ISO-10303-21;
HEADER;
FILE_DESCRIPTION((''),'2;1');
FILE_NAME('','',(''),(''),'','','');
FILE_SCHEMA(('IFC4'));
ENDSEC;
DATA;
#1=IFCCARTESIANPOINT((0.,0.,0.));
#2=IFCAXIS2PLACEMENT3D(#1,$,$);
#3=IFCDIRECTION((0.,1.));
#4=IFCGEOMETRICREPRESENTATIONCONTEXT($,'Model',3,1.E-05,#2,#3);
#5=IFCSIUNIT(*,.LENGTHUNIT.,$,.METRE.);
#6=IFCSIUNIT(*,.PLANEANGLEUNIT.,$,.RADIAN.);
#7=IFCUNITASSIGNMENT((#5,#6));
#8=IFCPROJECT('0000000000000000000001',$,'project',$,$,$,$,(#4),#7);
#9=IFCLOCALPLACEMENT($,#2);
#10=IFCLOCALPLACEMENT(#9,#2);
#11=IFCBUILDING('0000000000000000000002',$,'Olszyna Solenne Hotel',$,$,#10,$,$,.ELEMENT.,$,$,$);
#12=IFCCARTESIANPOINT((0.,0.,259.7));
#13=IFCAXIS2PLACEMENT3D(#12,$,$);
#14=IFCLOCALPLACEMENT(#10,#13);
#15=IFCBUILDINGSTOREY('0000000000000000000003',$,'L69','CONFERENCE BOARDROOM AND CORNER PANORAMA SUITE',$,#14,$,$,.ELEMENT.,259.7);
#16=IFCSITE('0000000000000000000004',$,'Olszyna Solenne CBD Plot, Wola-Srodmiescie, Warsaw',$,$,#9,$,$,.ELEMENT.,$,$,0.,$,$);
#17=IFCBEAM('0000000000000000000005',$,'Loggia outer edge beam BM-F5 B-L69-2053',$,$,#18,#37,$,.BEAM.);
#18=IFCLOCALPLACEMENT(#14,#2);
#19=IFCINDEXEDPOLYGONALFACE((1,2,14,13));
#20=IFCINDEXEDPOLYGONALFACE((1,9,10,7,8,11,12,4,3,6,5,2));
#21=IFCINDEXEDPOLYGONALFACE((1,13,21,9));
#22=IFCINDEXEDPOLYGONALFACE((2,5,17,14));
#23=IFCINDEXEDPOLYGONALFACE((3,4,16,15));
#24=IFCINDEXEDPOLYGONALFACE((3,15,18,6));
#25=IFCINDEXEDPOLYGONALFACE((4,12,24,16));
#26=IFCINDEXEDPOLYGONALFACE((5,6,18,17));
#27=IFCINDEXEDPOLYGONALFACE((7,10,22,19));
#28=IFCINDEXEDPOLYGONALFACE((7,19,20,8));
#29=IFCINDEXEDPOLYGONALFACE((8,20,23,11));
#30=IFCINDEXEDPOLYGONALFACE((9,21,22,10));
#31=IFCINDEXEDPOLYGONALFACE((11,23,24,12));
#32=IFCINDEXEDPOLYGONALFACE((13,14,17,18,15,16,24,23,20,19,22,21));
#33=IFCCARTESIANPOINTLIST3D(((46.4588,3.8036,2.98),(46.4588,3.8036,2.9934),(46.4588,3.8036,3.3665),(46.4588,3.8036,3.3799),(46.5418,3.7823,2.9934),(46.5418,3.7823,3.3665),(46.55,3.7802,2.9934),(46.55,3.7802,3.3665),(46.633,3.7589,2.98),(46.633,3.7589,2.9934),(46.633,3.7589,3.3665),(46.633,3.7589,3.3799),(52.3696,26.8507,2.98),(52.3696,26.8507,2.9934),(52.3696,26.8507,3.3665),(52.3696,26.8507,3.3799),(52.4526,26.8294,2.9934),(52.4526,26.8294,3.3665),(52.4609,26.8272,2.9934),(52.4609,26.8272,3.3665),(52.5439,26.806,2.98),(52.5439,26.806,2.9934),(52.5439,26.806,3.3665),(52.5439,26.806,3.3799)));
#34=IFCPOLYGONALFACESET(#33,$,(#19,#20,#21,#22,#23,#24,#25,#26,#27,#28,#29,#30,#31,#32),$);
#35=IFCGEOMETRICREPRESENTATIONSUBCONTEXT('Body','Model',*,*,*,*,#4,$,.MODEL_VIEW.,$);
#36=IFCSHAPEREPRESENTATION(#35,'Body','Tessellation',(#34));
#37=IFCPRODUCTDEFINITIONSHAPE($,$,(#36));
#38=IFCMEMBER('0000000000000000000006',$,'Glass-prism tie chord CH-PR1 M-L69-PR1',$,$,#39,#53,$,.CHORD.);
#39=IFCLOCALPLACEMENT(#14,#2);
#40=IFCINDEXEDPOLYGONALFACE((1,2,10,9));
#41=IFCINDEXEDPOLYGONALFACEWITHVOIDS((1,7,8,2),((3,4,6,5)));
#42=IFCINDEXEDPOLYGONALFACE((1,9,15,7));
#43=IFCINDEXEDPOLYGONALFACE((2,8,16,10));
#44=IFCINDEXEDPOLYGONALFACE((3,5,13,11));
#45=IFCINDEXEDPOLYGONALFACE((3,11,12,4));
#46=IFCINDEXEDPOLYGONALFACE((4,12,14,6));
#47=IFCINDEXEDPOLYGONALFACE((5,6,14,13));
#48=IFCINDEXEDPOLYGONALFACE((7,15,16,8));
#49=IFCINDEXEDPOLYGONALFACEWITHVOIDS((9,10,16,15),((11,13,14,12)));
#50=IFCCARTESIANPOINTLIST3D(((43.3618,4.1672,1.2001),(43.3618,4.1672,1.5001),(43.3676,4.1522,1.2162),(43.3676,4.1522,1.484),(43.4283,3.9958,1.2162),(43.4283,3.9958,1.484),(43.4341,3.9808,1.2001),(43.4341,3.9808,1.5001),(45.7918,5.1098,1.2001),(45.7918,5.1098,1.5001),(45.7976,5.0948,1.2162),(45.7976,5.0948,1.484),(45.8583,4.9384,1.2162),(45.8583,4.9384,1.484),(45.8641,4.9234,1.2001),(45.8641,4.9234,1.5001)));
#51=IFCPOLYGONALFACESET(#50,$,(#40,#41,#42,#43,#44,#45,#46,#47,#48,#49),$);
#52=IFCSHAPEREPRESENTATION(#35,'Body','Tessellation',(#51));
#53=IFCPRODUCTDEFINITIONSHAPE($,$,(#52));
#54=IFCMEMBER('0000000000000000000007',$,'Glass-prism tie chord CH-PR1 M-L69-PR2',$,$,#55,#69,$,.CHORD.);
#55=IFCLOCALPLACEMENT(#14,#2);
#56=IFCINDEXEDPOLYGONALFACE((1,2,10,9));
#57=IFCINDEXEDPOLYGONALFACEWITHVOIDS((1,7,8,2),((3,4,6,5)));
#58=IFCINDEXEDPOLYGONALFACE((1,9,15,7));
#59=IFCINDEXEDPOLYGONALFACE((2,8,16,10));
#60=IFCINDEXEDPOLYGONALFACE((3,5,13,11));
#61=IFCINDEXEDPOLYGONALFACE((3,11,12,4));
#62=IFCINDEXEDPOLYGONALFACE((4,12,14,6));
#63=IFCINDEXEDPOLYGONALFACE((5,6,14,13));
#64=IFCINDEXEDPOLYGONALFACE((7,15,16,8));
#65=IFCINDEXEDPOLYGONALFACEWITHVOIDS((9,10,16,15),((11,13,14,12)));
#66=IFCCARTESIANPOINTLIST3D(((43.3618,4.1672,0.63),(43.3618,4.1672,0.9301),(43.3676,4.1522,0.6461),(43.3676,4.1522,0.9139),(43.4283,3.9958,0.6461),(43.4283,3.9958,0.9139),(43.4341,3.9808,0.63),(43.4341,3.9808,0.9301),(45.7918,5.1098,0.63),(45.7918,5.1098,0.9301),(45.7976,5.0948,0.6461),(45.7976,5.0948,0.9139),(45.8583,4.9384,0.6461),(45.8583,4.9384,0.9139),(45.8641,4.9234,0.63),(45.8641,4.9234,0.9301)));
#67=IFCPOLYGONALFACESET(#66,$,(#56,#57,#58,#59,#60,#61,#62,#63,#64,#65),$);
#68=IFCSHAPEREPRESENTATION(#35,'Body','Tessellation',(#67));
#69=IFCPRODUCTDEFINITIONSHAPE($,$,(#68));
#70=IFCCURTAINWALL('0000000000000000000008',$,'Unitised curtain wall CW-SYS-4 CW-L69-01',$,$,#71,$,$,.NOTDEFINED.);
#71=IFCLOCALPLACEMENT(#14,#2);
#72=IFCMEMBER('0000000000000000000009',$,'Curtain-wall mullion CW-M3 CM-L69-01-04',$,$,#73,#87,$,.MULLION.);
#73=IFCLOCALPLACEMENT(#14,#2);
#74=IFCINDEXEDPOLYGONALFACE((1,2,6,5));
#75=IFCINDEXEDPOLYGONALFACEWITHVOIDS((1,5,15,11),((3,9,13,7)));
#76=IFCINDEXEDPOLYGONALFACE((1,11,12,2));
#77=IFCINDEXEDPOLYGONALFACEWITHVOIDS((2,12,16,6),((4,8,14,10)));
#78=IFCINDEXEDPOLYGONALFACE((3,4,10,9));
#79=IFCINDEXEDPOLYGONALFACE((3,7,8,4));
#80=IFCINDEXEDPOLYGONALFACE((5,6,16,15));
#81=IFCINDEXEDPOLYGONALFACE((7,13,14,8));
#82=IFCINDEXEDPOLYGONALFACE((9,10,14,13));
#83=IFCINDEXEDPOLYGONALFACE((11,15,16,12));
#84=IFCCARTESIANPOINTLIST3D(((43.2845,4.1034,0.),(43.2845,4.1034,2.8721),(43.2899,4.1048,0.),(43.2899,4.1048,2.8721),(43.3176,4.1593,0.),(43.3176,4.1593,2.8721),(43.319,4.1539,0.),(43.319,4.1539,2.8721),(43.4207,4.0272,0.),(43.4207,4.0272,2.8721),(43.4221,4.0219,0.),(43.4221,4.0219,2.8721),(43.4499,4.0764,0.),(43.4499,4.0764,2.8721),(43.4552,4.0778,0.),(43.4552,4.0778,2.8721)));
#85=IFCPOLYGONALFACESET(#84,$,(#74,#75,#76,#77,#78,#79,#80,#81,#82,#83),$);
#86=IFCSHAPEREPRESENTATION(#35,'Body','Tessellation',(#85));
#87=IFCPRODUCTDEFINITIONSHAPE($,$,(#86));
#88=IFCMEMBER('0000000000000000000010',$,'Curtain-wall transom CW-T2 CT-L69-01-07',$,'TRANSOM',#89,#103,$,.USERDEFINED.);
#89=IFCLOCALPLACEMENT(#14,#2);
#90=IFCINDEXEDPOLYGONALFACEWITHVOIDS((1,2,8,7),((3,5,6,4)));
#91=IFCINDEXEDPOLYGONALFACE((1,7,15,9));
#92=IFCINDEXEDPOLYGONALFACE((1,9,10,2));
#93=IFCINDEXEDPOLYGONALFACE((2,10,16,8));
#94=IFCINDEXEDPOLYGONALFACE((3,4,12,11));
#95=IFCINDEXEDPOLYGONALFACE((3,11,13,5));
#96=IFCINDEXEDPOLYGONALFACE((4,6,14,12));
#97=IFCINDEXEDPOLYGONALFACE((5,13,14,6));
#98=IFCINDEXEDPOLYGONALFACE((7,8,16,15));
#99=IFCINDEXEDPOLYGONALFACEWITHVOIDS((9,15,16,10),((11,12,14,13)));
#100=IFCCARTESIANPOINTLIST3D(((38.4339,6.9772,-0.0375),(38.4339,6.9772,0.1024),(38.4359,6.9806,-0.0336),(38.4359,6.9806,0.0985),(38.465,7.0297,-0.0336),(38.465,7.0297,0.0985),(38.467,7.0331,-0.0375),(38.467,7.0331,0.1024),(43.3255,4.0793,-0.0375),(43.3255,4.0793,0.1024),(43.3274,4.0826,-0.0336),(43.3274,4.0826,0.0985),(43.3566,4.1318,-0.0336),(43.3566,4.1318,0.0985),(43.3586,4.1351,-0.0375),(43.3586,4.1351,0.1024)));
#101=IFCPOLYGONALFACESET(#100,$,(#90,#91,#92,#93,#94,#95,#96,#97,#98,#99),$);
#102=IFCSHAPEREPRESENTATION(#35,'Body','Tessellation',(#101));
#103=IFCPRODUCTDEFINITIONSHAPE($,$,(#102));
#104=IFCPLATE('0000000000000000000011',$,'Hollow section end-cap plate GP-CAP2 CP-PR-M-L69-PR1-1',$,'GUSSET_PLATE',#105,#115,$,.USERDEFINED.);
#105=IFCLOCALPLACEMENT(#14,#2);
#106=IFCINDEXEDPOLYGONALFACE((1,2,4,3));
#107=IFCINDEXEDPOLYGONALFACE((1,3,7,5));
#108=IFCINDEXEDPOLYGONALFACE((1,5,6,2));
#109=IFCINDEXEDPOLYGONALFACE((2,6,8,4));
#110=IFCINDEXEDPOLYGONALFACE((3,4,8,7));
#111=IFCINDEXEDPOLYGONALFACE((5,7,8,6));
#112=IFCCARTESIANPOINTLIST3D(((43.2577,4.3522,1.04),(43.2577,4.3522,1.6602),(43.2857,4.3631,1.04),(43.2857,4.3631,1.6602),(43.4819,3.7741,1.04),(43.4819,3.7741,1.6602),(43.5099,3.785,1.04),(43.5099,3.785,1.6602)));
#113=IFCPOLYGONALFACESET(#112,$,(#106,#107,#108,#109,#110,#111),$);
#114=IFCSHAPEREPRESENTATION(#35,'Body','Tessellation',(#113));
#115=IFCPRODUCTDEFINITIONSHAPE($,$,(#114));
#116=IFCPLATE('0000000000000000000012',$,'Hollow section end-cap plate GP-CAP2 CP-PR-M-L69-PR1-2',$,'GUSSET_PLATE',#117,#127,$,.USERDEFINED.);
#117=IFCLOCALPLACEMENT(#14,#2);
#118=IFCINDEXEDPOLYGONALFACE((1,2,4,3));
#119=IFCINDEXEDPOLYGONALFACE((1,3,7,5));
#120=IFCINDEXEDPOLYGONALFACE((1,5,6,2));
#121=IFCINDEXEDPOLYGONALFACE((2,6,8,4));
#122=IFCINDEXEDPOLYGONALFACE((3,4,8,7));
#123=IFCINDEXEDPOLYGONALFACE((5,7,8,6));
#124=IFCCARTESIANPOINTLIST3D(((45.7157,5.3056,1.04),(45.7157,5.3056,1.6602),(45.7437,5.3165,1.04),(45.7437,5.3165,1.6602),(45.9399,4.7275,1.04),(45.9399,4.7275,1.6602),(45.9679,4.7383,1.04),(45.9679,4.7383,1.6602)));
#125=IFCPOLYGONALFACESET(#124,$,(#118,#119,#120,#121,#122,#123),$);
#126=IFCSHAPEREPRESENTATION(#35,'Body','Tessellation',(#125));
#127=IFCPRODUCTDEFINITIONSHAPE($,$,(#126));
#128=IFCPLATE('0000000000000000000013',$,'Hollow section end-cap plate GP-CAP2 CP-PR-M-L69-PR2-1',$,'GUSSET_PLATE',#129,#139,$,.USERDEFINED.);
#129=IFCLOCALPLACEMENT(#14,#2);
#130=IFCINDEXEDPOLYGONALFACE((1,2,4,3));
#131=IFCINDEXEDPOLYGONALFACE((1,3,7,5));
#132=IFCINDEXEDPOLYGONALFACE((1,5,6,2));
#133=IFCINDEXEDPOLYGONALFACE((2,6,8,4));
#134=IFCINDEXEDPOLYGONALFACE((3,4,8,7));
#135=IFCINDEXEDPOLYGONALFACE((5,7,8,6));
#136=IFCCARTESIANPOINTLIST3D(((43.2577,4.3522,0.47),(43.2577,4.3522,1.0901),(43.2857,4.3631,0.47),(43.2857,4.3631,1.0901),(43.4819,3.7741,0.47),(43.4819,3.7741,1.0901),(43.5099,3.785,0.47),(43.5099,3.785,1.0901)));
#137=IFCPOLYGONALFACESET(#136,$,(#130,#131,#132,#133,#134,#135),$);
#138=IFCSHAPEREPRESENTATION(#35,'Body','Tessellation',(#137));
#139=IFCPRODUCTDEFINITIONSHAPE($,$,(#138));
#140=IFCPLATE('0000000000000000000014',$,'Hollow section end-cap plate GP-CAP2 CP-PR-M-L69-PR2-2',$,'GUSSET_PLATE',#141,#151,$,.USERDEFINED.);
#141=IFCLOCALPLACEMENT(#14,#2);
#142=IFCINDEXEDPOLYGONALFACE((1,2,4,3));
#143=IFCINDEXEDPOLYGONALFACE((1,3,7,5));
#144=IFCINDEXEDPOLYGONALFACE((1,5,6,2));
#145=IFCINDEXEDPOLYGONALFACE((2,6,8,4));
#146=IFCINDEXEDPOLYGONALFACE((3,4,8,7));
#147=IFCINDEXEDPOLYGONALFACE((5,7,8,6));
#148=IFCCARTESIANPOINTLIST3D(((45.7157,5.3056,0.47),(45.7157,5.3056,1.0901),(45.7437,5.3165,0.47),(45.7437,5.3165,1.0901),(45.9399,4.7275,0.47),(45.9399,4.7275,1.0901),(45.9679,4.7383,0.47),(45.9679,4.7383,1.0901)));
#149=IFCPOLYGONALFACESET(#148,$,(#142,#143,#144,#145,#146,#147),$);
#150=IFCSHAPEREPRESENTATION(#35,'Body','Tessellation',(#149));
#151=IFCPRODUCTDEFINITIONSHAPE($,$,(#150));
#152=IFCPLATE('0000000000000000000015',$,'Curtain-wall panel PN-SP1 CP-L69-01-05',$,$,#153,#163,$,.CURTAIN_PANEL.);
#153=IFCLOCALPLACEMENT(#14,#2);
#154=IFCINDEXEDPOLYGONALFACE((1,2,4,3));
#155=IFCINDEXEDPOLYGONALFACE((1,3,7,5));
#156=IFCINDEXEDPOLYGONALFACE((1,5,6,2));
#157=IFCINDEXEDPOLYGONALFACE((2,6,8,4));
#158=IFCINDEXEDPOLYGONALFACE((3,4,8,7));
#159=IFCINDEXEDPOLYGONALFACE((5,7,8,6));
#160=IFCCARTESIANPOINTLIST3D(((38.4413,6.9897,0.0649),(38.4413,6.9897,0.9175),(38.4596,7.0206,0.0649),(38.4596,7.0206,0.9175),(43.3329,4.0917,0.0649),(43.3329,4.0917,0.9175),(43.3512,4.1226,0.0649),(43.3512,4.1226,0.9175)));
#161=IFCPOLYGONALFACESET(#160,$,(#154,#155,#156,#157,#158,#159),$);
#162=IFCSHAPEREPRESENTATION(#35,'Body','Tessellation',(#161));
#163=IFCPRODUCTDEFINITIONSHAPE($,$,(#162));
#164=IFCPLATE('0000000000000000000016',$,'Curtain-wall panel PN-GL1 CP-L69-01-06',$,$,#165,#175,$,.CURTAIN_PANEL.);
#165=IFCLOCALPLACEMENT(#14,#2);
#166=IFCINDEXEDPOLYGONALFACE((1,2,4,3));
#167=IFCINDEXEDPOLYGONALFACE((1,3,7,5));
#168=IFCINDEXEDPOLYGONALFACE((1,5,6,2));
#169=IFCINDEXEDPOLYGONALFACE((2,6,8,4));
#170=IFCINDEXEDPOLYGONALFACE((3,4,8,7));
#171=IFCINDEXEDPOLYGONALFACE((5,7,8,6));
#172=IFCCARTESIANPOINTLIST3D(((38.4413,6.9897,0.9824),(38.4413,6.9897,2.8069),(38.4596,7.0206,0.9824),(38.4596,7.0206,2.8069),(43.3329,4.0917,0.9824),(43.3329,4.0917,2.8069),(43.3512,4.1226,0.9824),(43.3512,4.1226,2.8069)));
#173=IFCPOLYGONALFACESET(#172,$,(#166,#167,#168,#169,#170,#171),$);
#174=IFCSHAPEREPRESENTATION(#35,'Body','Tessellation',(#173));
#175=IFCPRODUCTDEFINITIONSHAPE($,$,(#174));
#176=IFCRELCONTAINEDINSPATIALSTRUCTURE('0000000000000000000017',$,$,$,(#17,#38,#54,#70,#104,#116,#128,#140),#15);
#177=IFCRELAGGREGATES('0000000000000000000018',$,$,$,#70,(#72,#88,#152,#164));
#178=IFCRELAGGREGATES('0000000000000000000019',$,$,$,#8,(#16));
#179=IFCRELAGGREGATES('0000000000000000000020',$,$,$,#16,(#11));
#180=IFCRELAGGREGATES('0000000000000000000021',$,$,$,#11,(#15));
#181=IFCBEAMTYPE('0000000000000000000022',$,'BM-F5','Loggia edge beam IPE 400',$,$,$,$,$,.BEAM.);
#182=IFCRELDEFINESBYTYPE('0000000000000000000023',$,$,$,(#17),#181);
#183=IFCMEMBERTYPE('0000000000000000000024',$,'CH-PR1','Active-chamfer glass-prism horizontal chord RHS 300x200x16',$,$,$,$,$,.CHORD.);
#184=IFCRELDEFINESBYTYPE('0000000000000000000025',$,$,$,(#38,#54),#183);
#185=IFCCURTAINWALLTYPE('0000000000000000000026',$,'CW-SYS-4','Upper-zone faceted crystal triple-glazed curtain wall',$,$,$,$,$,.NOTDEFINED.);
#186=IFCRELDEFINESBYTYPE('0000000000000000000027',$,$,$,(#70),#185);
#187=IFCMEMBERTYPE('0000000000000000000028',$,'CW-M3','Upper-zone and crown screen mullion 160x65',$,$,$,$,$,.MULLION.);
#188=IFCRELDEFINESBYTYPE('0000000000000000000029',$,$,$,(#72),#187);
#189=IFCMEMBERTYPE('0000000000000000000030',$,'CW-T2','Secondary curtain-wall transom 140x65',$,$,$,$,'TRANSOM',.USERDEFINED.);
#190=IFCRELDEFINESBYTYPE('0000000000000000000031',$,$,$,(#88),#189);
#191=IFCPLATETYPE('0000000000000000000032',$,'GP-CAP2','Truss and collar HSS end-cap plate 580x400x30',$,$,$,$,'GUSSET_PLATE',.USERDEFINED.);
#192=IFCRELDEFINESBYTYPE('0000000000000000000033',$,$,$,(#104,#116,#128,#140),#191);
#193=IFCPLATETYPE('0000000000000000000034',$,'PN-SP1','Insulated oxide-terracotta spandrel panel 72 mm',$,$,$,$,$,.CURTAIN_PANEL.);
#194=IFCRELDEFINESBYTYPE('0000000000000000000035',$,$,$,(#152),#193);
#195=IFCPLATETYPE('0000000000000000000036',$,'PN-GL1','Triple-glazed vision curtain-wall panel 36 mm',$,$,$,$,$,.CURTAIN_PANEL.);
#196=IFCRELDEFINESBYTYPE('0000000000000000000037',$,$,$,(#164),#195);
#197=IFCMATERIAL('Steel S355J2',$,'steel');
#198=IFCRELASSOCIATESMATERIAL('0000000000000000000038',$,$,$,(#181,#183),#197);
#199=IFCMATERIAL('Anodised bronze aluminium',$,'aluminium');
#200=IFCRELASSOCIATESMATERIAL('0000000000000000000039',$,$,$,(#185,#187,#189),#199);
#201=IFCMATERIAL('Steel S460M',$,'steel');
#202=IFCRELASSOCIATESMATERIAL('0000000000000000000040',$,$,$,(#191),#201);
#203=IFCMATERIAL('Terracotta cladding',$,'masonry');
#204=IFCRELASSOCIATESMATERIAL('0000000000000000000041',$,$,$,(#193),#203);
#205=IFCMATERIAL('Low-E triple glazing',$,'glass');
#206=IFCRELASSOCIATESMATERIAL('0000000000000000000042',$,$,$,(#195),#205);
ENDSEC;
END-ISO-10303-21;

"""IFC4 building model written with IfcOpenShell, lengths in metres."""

from ifc_helpers import new_model, si_unit, direction, frame, origin, origin_2d, place, context, subcontext, project, spatial, rectangle, hollow_rectangle, i_section, extrude, source, transform, mapped, material, material_profile, profile_set, type_object, element, aggregate, save


model = new_model("IFC4")

# Units and contexts
model_context = context("Model", 3, precision=1e-05, world=origin(), true_north=direction((0.0, 1.0)))
body_context = subcontext(model_context, "Body", "Model", "MODEL_VIEW")
ifc_project = project(units=[si_unit("LENGTHUNIT", "METRE"), si_unit("PLANEANGLEUNIT", "RADIAN")], contexts=[model_context])

# Site, building, storey
site_placement = place(None, origin())
site = spatial("IfcSite", under=ifc_project, at=site_placement, Name="Olszyna Solenne CBD Plot, Wola-Srodmiescie, Warsaw", CompositionType="ELEMENT", RefElevation=0.0)
building_placement = place(site_placement, origin())
building = spatial("IfcBuilding", under=site, at=building_placement, Name="Olszyna Solenne Hotel", CompositionType="ELEMENT")
storey_placement = place(building_placement, frame((0.0, 0.0, 259.7)))
storey = spatial("IfcBuildingStorey", under=building, at=storey_placement, Name="L69", Description="CONFERENCE BOARDROOM AND CORNER PANORAMA SUITE", CompositionType="ELEMENT", Elevation=259.7)

# Shared definitions
ifc_material_1 = material(Name="Steel S460M", Category="steel")

# Beam
ifc_material_2 = material(Name="Steel S355J2", Category="steel")
ifc_material_profile_1 = material_profile(ifc_material_2, i_section(OverallWidth=0.1799, OverallDepth=0.3999, WebThickness=0.0085, FlangeThickness=0.0134, at=origin_2d()), Name="IPE 400", Category="load-bearing")
ifc_profile_set_1 = profile_set([ifc_material_profile_1], Name="Steel S355J2")
beam_type_1 = type_object("IfcBeamType", Name="BM-F5", Description="Loggia edge beam IPE 400", PredefinedType="BEAM", material=ifc_profile_set_1)
shared_shape_1 = source(origin(), body_context, "Body", "SweptSolid", [
    extrude(i_section(OverallWidth=0.1799, OverallDepth=0.3999, WebThickness=0.0085, FlangeThickness=0.0134, at=origin_2d()), origin(), (0.0, 0.0, 1.0), 23.793),
])
beam_1_placement = place(storey_placement, frame((46.5459, 3.7812, 3.1799), z_axis=(0.248429, 0.96865, 0.0), x_axis=(-0.96865, 0.248429, 0.0)))
element("IfcBeam", 1, at=beam_1_placement, inside=storey, type_object=beam_type_1, Name="Loggia outer edge beam BM-F5 B-L69-2053", PredefinedType="BEAM", context=body_context, shape_type="MappedRepresentation", body=[
    mapped(shared_shape_1, transform((0.0, 0.0, 0.0), x_axis=(1.0, 0.0, 0.0), y_axis=(0.0, 1.0, 0.0), z_axis=(0.0, 0.0, 1.0), scale=1.0)),
])

# Members
ifc_material_profile_2 = material_profile(ifc_material_2, hollow_rectangle(XDim=0.2, YDim=0.3, WallThickness=0.0161, at=origin_2d()), Name="RHS 300x200x16", Category="load-bearing")
ifc_profile_set_2 = profile_set([ifc_material_profile_2], Name="Steel S355J2")
member_type_1 = type_object("IfcMemberType", Name="CH-PR1", Description="Active-chamfer glass-prism horizontal chord RHS 300x200x16", PredefinedType="CHORD", material=ifc_profile_set_2)
shared_shape_2 = source(origin(), body_context, "Body", "SweptSolid", [
    extrude(hollow_rectangle(XDim=0.2, YDim=0.3, WallThickness=0.0161, at=origin_2d()), origin(), (0.0, 0.0, 1.0), 2.6064),
])
for number, where, z_axis, x_axis, name in (
    (2, (43.3979, 4.074, 1.3501), (0.932308, 0.361664, 0.0), (-0.361664, 0.932308, 0.0), "Glass-prism tie chord CH-PR1 M-L69-PR1"),
    (3, (43.3979, 4.074, 0.78), (0.932308, 0.361664, 0.0), (-0.361664, 0.932308, 0.0), "Glass-prism tie chord CH-PR1 M-L69-PR2"),
):
    element("IfcMember", number, at=place(storey_placement, frame(where, z_axis=z_axis, x_axis=x_axis)), inside=storey, type_object=member_type_1, Name=name, PredefinedType="CHORD", context=body_context, shape_type="MappedRepresentation", body=[
        mapped(shared_shape_2, transform((0.0, 0.0, 0.0), x_axis=(1.0, 0.0, 0.0), y_axis=(0.0, 1.0, 0.0), z_axis=(0.0, 0.0, 1.0), scale=1.0)),
    ])

# Curtain wall, members
ifc_material_3 = material(Name="Anodised bronze aluminium", Category="aluminium")
curtain_wall_type = type_object("IfcCurtainWallType", Name="CW-SYS-4", Description="Upper-zone faceted crystal triple-glazed curtain wall", PredefinedType="NOTDEFINED", material=ifc_material_3)
curtain_wall_placement = place(storey_placement, origin())
curtain_wall = element("IfcCurtainWall", 4, at=curtain_wall_placement, inside=storey, type_object=curtain_wall_type, Name="Unitised curtain wall CW-SYS-4 CW-L69-01", PredefinedType="NOTDEFINED")
ifc_material_profile_3 = material_profile(ifc_material_3, hollow_rectangle(XDim=0.0649, YDim=0.1599, WallThickness=0.0039, at=origin_2d()), Name="MULL 160x65x4", Category="load-bearing")
ifc_profile_set_3 = profile_set([ifc_material_profile_3], Name="Anodised bronze aluminium")
member_type_2 = type_object("IfcMemberType", Name="CW-M3", Description="Upper-zone and crown screen mullion 160x65", PredefinedType="MULLION", material=ifc_profile_set_3)
shared_shape_3 = source(origin(), body_context, "Body", "SweptSolid", [
    extrude(hollow_rectangle(XDim=0.0649, YDim=0.1599, WallThickness=0.0039, at=origin_2d()), origin(), (0.0, 0.0, 1.0), 2.8721),
])
member_1_placement = place(storey_placement, frame((43.3699, 4.0906, 0.0), z_axis=(0.0, 0.0, 1.0), x_axis=(0.509709, 0.860347, 0.0)))
member_1 = element("IfcMember", 5, at=member_1_placement, type_object=member_type_2, Name="Curtain-wall mullion CW-M3 CM-L69-01-04", PredefinedType="MULLION", context=body_context, shape_type="MappedRepresentation", body=[
    mapped(shared_shape_3, transform((0.0, 0.0, 0.0), x_axis=(1.0, 0.0, 0.0), y_axis=(0.0, 1.0, 0.0), z_axis=(0.0, 0.0, 1.0), scale=1.0)),
])
ifc_material_profile_4 = material_profile(ifc_material_3, hollow_rectangle(XDim=0.0649, YDim=0.1399, WallThickness=0.0039, at=origin_2d()), Name="TRAN 140x65x4", Category="load-bearing")
ifc_profile_set_4 = profile_set([ifc_material_profile_4], Name="Anodised bronze aluminium")
member_type_3 = type_object("IfcMemberType", Name="CW-T2", Description="Secondary curtain-wall transom 140x65", ElementType="TRANSOM", PredefinedType="USERDEFINED", material=ifc_profile_set_4)
shared_shape_4 = source(origin(), body_context, "Body", "SweptSolid", [
    extrude(hollow_rectangle(XDim=0.0649, YDim=0.1399, WallThickness=0.0039, at=origin_2d()), origin(), (0.0, 0.0, 1.0), 5.6855),
])
member_2_placement = place(storey_placement, frame((38.4504, 7.0051, 0.0325), z_axis=(0.860352, -0.509701, 0.0), x_axis=(0.509701, 0.860352, 0.0)))
member_2 = element("IfcMember", 6, at=member_2_placement, type_object=member_type_3, Name="Curtain-wall transom CW-T2 CT-L69-01-07", ObjectType="TRANSOM", PredefinedType="USERDEFINED", context=body_context, shape_type="MappedRepresentation", body=[
    mapped(shared_shape_4, transform((0.0, 0.0, 0.0), x_axis=(1.0, 0.0, 0.0), y_axis=(0.0, 1.0, 0.0), z_axis=(0.0, 0.0, 1.0), scale=1.0)),
])

# Plates
plate_type_1 = type_object("IfcPlateType", Name="GP-CAP2", Description="Truss and collar HSS end-cap plate 580x400x30", ElementType="GUSSET_PLATE", PredefinedType="USERDEFINED", material=ifc_material_1)
shared_shape_5 = source(origin(), body_context, "Body", "SweptSolid", [
    extrude(rectangle(XDim=0.03, YDim=0.6201, at=origin_2d()), origin(), (0.0, 0.0, 1.0), 0.6201),
])
for number, where, z_axis, x_axis, name in (
    (7, (43.3838, 4.0686, 1.04), (0.0, 0.0, 1.0), (0.932324, 0.361625, 0.0), "Hollow section end-cap plate GP-CAP2 CP-PR-M-L69-PR1-1"),
    (8, (45.8418, 5.022, 1.04), (0.0, 0.0, 1.0), (0.932324, 0.361625, 0.0), "Hollow section end-cap plate GP-CAP2 CP-PR-M-L69-PR1-2"),
    (9, (43.3838, 4.0686, 0.47), (0.0, 0.0, 1.0), (0.932324, 0.361625, 0.0), "Hollow section end-cap plate GP-CAP2 CP-PR-M-L69-PR2-1"),
    (10, (45.8418, 5.022, 0.47), (0.0, 0.0, 1.0), (0.932324, 0.361625, 0.0), "Hollow section end-cap plate GP-CAP2 CP-PR-M-L69-PR2-2"),
):
    element("IfcPlate", number, at=place(storey_placement, frame(where, z_axis=z_axis, x_axis=x_axis)), inside=storey, type_object=plate_type_1, Name=name, ObjectType="GUSSET_PLATE", PredefinedType="USERDEFINED", context=body_context, shape_type="MappedRepresentation", body=[
        mapped(shared_shape_5, transform((0.0, 0.0, 0.0), x_axis=(1.0, 0.0, 0.0), y_axis=(0.0, 1.0, 0.0), z_axis=(0.0, 0.0, 1.0), scale=1.0)),
    ])

# Plates
ifc_material_4 = material(Name="Terracotta cladding", Category="masonry")
plate_type_2 = type_object("IfcPlateType", Name="PN-SP1", Description="Insulated oxide-terracotta spandrel panel 72 mm", PredefinedType="CURTAIN_PANEL", material=ifc_material_4)
shared_shape_6 = source(origin(), body_context, "Body", "SweptSolid", [
    extrude(rectangle(XDim=5.6855, YDim=0.0359, at=origin_2d()), origin(), (0.0, 0.0, 1.0), 0.8525),
])
plate_1_placement = place(storey_placement, frame((40.8962, 5.5562, 0.0649), z_axis=(0.0, 0.0, 1.0), x_axis=(0.860347, -0.509709, 0.0)))
plate_1 = element("IfcPlate", 11, at=plate_1_placement, type_object=plate_type_2, Name="Curtain-wall panel PN-SP1 CP-L69-01-05", PredefinedType="CURTAIN_PANEL", context=body_context, shape_type="MappedRepresentation", body=[
    mapped(shared_shape_6, transform((0.0, 0.0, 0.0), x_axis=(1.0, 0.0, 0.0), y_axis=(0.0, 1.0, 0.0), z_axis=(0.0, 0.0, 1.0), scale=1.0)),
])
ifc_material_5 = material(Name="Low-E triple glazing", Category="glass")
plate_type_3 = type_object("IfcPlateType", Name="PN-GL1", Description="Triple-glazed vision curtain-wall panel 36 mm", PredefinedType="CURTAIN_PANEL", material=ifc_material_5)
shared_shape_7 = source(origin(), body_context, "Body", "SweptSolid", [
    extrude(rectangle(XDim=5.6855, YDim=0.0359, at=origin_2d()), origin(), (0.0, 0.0, 1.0), 1.8245),
])
plate_2_placement = place(storey_placement, frame((40.8962, 5.5562, 0.9824), z_axis=(0.0, 0.0, 1.0), x_axis=(0.860347, -0.509709, 0.0)))
plate_2 = element("IfcPlate", 12, at=plate_2_placement, type_object=plate_type_3, Name="Curtain-wall panel PN-GL1 CP-L69-01-06", PredefinedType="CURTAIN_PANEL", context=body_context, shape_type="MappedRepresentation", body=[
    mapped(shared_shape_7, transform((0.0, 0.0, 0.0), x_axis=(1.0, 0.0, 0.0), y_axis=(0.0, 1.0, 0.0), z_axis=(0.0, 0.0, 1.0), scale=1.0)),
])
aggregate(curtain_wall, [member_1, member_2, plate_1, plate_2])

save(model, "model.ifc")
